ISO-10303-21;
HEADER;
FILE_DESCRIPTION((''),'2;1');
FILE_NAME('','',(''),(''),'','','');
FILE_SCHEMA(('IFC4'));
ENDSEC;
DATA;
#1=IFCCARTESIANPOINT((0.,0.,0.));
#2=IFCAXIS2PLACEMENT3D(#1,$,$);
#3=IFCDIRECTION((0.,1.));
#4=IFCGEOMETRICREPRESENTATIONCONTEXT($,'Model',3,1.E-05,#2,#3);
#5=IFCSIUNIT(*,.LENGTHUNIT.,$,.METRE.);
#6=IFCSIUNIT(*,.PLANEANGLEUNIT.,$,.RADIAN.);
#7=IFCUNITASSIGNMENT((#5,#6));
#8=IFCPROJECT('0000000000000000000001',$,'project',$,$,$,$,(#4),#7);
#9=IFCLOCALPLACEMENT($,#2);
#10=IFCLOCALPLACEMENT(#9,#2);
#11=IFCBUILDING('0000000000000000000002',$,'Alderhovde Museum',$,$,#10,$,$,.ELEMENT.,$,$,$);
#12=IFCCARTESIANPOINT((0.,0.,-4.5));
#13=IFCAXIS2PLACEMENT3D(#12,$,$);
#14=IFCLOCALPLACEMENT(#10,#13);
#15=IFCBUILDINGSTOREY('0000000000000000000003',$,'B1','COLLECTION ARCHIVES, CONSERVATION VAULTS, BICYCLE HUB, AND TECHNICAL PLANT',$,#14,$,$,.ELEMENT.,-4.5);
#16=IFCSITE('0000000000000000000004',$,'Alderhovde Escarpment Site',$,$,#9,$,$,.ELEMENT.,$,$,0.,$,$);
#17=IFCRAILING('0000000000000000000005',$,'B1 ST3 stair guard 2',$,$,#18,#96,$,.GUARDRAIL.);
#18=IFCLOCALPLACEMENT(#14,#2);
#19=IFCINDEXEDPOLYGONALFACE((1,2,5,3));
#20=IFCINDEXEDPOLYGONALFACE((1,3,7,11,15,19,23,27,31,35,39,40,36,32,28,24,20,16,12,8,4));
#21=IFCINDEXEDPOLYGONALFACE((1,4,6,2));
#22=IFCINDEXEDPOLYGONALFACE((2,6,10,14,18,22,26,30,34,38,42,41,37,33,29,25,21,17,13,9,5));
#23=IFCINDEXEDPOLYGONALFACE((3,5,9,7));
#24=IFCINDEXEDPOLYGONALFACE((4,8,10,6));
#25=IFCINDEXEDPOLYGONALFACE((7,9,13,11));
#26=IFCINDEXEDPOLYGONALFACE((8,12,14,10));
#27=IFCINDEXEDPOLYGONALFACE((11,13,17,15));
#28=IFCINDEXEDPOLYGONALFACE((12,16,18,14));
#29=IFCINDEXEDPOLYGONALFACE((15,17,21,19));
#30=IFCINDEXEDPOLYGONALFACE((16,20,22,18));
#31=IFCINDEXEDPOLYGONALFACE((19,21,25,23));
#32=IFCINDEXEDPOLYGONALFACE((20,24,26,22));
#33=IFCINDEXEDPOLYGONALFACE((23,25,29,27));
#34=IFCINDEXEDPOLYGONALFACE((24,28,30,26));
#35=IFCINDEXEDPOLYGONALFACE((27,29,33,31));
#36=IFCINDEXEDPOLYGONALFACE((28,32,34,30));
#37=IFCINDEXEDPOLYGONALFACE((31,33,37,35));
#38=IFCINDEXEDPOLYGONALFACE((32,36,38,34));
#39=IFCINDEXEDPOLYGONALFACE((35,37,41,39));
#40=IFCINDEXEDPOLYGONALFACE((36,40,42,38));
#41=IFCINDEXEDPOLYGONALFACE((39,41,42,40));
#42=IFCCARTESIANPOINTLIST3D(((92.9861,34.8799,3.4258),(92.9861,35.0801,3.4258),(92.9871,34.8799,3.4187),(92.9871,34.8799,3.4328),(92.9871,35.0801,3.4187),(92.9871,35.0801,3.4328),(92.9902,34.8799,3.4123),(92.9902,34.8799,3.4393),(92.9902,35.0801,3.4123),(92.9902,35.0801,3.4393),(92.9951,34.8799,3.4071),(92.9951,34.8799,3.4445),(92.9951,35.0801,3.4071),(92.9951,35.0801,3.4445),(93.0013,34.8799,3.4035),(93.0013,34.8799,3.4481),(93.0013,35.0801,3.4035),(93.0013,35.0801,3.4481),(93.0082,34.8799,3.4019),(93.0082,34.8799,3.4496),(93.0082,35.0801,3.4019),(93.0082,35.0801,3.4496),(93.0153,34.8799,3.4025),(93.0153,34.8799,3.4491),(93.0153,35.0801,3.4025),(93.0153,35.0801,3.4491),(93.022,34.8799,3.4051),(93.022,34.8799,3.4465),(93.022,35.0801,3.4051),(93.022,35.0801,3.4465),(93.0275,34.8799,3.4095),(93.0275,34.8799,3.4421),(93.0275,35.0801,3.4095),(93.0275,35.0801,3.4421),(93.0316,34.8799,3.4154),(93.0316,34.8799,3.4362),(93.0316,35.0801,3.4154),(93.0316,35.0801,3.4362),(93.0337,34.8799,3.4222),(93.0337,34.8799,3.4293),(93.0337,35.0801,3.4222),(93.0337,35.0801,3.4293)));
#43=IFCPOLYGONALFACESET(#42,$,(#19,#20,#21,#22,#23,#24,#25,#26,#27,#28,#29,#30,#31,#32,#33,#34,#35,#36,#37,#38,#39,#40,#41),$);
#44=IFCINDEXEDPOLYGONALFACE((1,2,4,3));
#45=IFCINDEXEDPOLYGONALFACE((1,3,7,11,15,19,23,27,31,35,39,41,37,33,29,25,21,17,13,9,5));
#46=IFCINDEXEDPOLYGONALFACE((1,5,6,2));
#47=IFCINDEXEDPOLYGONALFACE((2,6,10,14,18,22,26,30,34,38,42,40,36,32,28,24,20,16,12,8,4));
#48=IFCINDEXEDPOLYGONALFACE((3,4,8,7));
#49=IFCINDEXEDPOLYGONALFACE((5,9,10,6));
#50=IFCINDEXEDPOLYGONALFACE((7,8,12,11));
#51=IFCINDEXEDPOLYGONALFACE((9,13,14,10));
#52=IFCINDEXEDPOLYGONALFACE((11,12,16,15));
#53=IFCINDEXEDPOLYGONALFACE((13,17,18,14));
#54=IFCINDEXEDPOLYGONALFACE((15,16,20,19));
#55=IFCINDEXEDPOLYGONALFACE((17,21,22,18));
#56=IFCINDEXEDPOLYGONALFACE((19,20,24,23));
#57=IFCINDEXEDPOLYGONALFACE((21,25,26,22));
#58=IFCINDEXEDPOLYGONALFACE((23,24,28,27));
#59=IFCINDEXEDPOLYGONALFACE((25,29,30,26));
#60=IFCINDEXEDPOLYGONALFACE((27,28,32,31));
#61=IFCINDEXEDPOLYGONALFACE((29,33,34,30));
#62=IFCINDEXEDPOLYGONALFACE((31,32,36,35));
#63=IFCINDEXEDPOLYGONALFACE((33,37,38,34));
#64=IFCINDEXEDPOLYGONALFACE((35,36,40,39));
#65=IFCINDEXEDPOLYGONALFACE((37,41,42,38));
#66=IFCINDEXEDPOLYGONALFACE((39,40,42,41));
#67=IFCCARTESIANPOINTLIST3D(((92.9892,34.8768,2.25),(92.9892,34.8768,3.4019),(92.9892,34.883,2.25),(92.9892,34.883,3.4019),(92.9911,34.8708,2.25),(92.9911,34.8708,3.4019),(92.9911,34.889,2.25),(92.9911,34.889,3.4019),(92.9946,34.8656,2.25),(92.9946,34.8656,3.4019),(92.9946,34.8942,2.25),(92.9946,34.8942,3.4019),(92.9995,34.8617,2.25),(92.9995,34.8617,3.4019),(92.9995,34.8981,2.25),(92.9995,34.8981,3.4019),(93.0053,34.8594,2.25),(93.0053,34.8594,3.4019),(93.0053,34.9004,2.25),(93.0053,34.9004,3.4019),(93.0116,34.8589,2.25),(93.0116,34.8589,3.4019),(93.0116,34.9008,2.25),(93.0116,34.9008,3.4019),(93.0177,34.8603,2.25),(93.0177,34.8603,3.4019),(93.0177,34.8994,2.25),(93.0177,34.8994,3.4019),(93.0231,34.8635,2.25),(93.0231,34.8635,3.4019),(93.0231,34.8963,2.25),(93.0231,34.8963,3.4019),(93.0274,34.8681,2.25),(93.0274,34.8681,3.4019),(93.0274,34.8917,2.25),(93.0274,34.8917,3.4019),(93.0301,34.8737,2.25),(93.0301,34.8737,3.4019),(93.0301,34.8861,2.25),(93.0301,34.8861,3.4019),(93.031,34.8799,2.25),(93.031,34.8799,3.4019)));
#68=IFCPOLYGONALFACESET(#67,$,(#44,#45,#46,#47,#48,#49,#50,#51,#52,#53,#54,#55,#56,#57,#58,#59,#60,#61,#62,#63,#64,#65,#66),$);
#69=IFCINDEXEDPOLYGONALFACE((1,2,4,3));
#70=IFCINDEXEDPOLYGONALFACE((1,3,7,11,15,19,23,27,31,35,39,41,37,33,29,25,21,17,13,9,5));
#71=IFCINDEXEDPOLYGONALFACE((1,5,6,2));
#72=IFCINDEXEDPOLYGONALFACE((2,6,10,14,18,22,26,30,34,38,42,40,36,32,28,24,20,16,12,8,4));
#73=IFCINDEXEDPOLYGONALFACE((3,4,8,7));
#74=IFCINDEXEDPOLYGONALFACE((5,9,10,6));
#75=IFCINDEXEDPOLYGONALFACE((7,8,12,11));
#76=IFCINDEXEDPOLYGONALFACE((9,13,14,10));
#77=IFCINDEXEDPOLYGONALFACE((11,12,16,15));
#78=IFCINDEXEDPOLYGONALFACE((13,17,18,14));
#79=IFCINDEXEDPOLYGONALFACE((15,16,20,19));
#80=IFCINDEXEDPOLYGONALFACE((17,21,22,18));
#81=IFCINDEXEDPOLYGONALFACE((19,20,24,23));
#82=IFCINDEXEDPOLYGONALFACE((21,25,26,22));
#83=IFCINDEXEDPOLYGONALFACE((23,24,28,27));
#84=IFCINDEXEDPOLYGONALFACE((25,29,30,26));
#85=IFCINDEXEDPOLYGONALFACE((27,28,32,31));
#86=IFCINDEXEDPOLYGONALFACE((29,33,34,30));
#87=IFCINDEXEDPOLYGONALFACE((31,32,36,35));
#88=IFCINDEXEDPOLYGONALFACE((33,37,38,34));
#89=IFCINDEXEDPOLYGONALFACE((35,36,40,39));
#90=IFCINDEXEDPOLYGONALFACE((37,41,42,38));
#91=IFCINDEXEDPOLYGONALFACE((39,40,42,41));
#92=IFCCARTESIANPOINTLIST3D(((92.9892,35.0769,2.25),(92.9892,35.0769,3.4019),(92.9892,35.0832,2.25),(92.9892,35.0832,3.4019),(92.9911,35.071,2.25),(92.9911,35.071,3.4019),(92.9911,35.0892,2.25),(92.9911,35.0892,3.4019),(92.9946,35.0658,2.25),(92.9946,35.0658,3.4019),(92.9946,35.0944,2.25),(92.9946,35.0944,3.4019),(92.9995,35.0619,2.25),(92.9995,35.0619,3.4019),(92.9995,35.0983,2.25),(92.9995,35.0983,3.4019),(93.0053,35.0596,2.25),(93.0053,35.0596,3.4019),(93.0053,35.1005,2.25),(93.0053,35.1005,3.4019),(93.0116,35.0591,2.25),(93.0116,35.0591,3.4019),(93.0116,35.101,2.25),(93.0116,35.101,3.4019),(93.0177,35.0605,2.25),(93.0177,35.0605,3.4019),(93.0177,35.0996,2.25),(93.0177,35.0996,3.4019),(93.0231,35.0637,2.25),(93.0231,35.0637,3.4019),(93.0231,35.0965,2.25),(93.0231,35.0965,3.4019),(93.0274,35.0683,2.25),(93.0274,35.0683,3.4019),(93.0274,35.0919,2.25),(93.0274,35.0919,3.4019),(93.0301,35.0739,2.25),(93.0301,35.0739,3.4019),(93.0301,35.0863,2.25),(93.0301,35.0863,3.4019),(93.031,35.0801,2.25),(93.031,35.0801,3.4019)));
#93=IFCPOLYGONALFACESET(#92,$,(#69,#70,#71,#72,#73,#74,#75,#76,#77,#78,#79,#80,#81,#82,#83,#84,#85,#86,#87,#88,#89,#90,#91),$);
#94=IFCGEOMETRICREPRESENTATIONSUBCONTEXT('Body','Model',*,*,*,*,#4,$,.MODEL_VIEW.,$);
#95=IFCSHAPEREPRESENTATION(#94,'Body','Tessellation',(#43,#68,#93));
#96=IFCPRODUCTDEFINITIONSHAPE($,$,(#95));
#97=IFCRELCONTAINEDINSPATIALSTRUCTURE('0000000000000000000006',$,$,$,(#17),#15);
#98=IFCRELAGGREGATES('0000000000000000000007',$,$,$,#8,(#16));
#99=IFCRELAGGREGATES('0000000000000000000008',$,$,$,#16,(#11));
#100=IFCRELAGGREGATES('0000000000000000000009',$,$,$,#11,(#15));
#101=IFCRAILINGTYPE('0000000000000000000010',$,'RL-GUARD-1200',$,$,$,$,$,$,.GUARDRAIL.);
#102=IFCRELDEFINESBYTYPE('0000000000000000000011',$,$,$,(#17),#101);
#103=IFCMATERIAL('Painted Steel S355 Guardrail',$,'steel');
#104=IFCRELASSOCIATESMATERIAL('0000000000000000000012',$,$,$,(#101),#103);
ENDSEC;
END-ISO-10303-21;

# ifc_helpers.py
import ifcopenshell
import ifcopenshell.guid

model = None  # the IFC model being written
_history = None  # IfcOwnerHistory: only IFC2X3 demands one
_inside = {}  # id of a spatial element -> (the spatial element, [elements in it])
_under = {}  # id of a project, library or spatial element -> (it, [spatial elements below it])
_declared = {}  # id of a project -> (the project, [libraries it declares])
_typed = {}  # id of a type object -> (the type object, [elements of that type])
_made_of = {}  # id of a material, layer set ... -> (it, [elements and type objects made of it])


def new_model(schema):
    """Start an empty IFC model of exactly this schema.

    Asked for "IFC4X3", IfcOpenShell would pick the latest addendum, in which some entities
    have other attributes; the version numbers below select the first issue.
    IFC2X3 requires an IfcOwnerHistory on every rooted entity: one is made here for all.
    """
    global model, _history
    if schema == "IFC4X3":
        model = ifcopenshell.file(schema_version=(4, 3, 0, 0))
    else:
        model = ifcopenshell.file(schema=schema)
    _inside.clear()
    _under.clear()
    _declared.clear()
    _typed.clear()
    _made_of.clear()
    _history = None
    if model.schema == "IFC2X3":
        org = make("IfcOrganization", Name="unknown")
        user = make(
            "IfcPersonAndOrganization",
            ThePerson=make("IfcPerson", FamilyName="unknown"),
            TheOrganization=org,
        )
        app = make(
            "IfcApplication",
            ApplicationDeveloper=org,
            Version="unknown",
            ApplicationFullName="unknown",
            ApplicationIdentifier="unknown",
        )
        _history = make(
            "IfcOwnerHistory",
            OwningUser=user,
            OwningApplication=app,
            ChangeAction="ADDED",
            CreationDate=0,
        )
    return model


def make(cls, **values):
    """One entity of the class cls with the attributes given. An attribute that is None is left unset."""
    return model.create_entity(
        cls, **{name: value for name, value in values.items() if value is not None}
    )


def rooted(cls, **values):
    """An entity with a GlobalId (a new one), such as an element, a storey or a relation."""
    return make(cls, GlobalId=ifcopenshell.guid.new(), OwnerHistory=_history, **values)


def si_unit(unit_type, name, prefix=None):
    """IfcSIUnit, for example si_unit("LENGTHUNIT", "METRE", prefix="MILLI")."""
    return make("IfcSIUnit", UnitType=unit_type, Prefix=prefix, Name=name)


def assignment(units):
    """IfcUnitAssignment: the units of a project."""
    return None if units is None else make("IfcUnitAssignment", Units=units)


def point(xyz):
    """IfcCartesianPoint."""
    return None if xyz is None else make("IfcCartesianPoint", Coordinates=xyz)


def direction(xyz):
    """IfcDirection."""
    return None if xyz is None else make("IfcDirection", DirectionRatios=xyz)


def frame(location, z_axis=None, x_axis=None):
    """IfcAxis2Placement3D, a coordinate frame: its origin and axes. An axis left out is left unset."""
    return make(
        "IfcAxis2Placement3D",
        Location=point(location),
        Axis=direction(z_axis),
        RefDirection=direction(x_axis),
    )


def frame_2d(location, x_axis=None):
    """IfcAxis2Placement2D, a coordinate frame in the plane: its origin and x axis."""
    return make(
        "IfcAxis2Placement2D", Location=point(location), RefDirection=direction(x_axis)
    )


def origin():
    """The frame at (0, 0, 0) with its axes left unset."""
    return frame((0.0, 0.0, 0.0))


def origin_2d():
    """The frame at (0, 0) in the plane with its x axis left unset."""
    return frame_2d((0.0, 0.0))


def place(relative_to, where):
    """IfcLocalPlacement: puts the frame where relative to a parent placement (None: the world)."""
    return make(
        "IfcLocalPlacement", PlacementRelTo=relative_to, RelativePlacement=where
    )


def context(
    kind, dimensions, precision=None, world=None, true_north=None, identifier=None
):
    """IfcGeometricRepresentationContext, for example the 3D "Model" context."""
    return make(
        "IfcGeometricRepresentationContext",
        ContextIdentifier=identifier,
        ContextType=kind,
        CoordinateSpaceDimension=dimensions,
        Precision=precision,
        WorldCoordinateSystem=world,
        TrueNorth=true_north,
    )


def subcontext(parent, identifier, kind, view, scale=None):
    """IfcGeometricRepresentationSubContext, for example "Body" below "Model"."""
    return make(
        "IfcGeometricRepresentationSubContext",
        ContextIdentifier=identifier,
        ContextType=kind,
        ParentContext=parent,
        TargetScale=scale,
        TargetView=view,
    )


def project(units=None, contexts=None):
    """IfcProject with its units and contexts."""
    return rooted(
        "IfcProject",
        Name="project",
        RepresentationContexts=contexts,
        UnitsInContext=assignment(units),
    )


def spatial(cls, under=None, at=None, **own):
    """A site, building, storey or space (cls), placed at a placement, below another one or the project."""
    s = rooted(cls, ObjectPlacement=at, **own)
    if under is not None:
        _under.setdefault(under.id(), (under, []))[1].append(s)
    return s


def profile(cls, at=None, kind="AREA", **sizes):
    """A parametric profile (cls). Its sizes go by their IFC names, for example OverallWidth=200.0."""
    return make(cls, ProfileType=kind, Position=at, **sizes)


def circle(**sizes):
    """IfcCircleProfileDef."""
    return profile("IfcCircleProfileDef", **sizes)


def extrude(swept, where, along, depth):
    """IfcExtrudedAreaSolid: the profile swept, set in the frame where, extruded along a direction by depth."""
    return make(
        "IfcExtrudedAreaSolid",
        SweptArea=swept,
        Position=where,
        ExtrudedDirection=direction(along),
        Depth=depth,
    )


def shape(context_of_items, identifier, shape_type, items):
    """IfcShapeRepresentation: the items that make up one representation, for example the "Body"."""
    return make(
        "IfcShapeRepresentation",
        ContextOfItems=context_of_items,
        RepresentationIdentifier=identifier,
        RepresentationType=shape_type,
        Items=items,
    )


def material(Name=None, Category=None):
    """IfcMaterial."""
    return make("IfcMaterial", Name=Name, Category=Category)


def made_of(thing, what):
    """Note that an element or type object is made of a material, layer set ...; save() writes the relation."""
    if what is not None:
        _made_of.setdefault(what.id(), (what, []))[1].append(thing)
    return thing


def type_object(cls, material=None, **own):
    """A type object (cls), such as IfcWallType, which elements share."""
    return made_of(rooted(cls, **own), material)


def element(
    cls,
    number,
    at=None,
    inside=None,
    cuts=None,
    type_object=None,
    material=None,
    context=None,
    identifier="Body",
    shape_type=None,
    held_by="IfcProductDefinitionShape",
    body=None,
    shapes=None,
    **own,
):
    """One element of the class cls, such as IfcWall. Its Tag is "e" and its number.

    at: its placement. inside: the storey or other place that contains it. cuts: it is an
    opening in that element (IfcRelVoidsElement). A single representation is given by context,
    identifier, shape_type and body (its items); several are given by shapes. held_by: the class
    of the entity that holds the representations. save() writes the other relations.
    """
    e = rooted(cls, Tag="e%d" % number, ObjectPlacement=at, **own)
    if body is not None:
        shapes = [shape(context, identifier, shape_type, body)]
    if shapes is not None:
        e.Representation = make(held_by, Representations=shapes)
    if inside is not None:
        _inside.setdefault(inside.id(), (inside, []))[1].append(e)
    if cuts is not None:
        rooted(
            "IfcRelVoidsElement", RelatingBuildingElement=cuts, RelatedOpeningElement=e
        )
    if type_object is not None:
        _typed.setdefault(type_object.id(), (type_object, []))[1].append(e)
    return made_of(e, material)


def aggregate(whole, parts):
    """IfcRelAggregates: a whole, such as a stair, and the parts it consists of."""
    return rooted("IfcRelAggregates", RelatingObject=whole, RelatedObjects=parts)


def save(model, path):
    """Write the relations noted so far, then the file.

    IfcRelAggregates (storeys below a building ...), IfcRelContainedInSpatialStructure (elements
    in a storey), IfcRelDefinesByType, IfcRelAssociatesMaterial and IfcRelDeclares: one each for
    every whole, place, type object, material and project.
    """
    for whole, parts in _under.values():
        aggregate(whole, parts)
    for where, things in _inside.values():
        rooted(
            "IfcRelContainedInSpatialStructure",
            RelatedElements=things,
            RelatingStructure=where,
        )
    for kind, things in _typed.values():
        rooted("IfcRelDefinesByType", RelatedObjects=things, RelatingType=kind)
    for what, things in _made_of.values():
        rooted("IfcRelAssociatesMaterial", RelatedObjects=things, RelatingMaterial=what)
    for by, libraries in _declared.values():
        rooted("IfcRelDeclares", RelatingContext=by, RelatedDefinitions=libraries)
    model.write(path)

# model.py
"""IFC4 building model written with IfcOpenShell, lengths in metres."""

from ifc_helpers import new_model, si_unit, direction, frame, origin, origin_2d, place, context, subcontext, project, spatial, circle, extrude, material, type_object, element, save


model = new_model("IFC4")

# Units and contexts
model_context = context("Model", 3, precision=1e-05, world=origin(), true_north=direction((0.0, 1.0)))
body_context = subcontext(model_context, "Body", "Model", "MODEL_VIEW")
ifc_project = project(units=[si_unit("LENGTHUNIT", "METRE"), si_unit("PLANEANGLEUNIT", "RADIAN")], contexts=[model_context])

# Site, building, storey
site_placement = place(None, origin())
site = spatial("IfcSite", under=ifc_project, at=site_placement, Name="Alderhovde Escarpment Site", CompositionType="ELEMENT", RefElevation=0.0)
building_placement = place(site_placement, origin())
building = spatial("IfcBuilding", under=site, at=building_placement, Name="Alderhovde Museum", CompositionType="ELEMENT")
storey_placement = place(building_placement, frame((0.0, 0.0, -4.5)))
storey = spatial("IfcBuildingStorey", under=building, at=storey_placement, Name="B1", Description="COLLECTION ARCHIVES, CONSERVATION VAULTS, BICYCLE HUB, AND TECHNICAL PLANT", CompositionType="ELEMENT", Elevation=-4.5)

# Railing
ifc_material_1 = material(Name="Painted Steel S355 Guardrail", Category="steel")
railing_type_1 = type_object("IfcRailingType", Name="RL-GUARD-1200", PredefinedType="GUARDRAIL", material=ifc_material_1)
railing_1_placement = place(storey_placement, frame((93.01, 34.8799, 2.25)))
element("IfcRailing", 1, at=railing_1_placement, inside=storey, type_object=railing_type_1, Name="B1 ST3 stair guard 2", PredefinedType="GUARDRAIL", context=body_context, shape_type="SweptSolid", body=[
    extrude(circle(Radius=0.0239, at=origin_2d()), frame((0.0, 0.0, 1.1758), z_axis=(0.0, 1.0, 0.0), x_axis=(-1.0, 0.0, 0.0)), (0.0, 0.0, 1.0), 0.2002),
    extrude(circle(Radius=0.021, at=origin_2d()), origin(), (0.0, 0.0, 1.0), 1.1519),
    extrude(circle(Radius=0.021, at=origin_2d()), frame((0.0, 0.2002, 0.0)), (0.0, 0.0, 1.0), 1.1519),
])

save(model, "model.ifc")
